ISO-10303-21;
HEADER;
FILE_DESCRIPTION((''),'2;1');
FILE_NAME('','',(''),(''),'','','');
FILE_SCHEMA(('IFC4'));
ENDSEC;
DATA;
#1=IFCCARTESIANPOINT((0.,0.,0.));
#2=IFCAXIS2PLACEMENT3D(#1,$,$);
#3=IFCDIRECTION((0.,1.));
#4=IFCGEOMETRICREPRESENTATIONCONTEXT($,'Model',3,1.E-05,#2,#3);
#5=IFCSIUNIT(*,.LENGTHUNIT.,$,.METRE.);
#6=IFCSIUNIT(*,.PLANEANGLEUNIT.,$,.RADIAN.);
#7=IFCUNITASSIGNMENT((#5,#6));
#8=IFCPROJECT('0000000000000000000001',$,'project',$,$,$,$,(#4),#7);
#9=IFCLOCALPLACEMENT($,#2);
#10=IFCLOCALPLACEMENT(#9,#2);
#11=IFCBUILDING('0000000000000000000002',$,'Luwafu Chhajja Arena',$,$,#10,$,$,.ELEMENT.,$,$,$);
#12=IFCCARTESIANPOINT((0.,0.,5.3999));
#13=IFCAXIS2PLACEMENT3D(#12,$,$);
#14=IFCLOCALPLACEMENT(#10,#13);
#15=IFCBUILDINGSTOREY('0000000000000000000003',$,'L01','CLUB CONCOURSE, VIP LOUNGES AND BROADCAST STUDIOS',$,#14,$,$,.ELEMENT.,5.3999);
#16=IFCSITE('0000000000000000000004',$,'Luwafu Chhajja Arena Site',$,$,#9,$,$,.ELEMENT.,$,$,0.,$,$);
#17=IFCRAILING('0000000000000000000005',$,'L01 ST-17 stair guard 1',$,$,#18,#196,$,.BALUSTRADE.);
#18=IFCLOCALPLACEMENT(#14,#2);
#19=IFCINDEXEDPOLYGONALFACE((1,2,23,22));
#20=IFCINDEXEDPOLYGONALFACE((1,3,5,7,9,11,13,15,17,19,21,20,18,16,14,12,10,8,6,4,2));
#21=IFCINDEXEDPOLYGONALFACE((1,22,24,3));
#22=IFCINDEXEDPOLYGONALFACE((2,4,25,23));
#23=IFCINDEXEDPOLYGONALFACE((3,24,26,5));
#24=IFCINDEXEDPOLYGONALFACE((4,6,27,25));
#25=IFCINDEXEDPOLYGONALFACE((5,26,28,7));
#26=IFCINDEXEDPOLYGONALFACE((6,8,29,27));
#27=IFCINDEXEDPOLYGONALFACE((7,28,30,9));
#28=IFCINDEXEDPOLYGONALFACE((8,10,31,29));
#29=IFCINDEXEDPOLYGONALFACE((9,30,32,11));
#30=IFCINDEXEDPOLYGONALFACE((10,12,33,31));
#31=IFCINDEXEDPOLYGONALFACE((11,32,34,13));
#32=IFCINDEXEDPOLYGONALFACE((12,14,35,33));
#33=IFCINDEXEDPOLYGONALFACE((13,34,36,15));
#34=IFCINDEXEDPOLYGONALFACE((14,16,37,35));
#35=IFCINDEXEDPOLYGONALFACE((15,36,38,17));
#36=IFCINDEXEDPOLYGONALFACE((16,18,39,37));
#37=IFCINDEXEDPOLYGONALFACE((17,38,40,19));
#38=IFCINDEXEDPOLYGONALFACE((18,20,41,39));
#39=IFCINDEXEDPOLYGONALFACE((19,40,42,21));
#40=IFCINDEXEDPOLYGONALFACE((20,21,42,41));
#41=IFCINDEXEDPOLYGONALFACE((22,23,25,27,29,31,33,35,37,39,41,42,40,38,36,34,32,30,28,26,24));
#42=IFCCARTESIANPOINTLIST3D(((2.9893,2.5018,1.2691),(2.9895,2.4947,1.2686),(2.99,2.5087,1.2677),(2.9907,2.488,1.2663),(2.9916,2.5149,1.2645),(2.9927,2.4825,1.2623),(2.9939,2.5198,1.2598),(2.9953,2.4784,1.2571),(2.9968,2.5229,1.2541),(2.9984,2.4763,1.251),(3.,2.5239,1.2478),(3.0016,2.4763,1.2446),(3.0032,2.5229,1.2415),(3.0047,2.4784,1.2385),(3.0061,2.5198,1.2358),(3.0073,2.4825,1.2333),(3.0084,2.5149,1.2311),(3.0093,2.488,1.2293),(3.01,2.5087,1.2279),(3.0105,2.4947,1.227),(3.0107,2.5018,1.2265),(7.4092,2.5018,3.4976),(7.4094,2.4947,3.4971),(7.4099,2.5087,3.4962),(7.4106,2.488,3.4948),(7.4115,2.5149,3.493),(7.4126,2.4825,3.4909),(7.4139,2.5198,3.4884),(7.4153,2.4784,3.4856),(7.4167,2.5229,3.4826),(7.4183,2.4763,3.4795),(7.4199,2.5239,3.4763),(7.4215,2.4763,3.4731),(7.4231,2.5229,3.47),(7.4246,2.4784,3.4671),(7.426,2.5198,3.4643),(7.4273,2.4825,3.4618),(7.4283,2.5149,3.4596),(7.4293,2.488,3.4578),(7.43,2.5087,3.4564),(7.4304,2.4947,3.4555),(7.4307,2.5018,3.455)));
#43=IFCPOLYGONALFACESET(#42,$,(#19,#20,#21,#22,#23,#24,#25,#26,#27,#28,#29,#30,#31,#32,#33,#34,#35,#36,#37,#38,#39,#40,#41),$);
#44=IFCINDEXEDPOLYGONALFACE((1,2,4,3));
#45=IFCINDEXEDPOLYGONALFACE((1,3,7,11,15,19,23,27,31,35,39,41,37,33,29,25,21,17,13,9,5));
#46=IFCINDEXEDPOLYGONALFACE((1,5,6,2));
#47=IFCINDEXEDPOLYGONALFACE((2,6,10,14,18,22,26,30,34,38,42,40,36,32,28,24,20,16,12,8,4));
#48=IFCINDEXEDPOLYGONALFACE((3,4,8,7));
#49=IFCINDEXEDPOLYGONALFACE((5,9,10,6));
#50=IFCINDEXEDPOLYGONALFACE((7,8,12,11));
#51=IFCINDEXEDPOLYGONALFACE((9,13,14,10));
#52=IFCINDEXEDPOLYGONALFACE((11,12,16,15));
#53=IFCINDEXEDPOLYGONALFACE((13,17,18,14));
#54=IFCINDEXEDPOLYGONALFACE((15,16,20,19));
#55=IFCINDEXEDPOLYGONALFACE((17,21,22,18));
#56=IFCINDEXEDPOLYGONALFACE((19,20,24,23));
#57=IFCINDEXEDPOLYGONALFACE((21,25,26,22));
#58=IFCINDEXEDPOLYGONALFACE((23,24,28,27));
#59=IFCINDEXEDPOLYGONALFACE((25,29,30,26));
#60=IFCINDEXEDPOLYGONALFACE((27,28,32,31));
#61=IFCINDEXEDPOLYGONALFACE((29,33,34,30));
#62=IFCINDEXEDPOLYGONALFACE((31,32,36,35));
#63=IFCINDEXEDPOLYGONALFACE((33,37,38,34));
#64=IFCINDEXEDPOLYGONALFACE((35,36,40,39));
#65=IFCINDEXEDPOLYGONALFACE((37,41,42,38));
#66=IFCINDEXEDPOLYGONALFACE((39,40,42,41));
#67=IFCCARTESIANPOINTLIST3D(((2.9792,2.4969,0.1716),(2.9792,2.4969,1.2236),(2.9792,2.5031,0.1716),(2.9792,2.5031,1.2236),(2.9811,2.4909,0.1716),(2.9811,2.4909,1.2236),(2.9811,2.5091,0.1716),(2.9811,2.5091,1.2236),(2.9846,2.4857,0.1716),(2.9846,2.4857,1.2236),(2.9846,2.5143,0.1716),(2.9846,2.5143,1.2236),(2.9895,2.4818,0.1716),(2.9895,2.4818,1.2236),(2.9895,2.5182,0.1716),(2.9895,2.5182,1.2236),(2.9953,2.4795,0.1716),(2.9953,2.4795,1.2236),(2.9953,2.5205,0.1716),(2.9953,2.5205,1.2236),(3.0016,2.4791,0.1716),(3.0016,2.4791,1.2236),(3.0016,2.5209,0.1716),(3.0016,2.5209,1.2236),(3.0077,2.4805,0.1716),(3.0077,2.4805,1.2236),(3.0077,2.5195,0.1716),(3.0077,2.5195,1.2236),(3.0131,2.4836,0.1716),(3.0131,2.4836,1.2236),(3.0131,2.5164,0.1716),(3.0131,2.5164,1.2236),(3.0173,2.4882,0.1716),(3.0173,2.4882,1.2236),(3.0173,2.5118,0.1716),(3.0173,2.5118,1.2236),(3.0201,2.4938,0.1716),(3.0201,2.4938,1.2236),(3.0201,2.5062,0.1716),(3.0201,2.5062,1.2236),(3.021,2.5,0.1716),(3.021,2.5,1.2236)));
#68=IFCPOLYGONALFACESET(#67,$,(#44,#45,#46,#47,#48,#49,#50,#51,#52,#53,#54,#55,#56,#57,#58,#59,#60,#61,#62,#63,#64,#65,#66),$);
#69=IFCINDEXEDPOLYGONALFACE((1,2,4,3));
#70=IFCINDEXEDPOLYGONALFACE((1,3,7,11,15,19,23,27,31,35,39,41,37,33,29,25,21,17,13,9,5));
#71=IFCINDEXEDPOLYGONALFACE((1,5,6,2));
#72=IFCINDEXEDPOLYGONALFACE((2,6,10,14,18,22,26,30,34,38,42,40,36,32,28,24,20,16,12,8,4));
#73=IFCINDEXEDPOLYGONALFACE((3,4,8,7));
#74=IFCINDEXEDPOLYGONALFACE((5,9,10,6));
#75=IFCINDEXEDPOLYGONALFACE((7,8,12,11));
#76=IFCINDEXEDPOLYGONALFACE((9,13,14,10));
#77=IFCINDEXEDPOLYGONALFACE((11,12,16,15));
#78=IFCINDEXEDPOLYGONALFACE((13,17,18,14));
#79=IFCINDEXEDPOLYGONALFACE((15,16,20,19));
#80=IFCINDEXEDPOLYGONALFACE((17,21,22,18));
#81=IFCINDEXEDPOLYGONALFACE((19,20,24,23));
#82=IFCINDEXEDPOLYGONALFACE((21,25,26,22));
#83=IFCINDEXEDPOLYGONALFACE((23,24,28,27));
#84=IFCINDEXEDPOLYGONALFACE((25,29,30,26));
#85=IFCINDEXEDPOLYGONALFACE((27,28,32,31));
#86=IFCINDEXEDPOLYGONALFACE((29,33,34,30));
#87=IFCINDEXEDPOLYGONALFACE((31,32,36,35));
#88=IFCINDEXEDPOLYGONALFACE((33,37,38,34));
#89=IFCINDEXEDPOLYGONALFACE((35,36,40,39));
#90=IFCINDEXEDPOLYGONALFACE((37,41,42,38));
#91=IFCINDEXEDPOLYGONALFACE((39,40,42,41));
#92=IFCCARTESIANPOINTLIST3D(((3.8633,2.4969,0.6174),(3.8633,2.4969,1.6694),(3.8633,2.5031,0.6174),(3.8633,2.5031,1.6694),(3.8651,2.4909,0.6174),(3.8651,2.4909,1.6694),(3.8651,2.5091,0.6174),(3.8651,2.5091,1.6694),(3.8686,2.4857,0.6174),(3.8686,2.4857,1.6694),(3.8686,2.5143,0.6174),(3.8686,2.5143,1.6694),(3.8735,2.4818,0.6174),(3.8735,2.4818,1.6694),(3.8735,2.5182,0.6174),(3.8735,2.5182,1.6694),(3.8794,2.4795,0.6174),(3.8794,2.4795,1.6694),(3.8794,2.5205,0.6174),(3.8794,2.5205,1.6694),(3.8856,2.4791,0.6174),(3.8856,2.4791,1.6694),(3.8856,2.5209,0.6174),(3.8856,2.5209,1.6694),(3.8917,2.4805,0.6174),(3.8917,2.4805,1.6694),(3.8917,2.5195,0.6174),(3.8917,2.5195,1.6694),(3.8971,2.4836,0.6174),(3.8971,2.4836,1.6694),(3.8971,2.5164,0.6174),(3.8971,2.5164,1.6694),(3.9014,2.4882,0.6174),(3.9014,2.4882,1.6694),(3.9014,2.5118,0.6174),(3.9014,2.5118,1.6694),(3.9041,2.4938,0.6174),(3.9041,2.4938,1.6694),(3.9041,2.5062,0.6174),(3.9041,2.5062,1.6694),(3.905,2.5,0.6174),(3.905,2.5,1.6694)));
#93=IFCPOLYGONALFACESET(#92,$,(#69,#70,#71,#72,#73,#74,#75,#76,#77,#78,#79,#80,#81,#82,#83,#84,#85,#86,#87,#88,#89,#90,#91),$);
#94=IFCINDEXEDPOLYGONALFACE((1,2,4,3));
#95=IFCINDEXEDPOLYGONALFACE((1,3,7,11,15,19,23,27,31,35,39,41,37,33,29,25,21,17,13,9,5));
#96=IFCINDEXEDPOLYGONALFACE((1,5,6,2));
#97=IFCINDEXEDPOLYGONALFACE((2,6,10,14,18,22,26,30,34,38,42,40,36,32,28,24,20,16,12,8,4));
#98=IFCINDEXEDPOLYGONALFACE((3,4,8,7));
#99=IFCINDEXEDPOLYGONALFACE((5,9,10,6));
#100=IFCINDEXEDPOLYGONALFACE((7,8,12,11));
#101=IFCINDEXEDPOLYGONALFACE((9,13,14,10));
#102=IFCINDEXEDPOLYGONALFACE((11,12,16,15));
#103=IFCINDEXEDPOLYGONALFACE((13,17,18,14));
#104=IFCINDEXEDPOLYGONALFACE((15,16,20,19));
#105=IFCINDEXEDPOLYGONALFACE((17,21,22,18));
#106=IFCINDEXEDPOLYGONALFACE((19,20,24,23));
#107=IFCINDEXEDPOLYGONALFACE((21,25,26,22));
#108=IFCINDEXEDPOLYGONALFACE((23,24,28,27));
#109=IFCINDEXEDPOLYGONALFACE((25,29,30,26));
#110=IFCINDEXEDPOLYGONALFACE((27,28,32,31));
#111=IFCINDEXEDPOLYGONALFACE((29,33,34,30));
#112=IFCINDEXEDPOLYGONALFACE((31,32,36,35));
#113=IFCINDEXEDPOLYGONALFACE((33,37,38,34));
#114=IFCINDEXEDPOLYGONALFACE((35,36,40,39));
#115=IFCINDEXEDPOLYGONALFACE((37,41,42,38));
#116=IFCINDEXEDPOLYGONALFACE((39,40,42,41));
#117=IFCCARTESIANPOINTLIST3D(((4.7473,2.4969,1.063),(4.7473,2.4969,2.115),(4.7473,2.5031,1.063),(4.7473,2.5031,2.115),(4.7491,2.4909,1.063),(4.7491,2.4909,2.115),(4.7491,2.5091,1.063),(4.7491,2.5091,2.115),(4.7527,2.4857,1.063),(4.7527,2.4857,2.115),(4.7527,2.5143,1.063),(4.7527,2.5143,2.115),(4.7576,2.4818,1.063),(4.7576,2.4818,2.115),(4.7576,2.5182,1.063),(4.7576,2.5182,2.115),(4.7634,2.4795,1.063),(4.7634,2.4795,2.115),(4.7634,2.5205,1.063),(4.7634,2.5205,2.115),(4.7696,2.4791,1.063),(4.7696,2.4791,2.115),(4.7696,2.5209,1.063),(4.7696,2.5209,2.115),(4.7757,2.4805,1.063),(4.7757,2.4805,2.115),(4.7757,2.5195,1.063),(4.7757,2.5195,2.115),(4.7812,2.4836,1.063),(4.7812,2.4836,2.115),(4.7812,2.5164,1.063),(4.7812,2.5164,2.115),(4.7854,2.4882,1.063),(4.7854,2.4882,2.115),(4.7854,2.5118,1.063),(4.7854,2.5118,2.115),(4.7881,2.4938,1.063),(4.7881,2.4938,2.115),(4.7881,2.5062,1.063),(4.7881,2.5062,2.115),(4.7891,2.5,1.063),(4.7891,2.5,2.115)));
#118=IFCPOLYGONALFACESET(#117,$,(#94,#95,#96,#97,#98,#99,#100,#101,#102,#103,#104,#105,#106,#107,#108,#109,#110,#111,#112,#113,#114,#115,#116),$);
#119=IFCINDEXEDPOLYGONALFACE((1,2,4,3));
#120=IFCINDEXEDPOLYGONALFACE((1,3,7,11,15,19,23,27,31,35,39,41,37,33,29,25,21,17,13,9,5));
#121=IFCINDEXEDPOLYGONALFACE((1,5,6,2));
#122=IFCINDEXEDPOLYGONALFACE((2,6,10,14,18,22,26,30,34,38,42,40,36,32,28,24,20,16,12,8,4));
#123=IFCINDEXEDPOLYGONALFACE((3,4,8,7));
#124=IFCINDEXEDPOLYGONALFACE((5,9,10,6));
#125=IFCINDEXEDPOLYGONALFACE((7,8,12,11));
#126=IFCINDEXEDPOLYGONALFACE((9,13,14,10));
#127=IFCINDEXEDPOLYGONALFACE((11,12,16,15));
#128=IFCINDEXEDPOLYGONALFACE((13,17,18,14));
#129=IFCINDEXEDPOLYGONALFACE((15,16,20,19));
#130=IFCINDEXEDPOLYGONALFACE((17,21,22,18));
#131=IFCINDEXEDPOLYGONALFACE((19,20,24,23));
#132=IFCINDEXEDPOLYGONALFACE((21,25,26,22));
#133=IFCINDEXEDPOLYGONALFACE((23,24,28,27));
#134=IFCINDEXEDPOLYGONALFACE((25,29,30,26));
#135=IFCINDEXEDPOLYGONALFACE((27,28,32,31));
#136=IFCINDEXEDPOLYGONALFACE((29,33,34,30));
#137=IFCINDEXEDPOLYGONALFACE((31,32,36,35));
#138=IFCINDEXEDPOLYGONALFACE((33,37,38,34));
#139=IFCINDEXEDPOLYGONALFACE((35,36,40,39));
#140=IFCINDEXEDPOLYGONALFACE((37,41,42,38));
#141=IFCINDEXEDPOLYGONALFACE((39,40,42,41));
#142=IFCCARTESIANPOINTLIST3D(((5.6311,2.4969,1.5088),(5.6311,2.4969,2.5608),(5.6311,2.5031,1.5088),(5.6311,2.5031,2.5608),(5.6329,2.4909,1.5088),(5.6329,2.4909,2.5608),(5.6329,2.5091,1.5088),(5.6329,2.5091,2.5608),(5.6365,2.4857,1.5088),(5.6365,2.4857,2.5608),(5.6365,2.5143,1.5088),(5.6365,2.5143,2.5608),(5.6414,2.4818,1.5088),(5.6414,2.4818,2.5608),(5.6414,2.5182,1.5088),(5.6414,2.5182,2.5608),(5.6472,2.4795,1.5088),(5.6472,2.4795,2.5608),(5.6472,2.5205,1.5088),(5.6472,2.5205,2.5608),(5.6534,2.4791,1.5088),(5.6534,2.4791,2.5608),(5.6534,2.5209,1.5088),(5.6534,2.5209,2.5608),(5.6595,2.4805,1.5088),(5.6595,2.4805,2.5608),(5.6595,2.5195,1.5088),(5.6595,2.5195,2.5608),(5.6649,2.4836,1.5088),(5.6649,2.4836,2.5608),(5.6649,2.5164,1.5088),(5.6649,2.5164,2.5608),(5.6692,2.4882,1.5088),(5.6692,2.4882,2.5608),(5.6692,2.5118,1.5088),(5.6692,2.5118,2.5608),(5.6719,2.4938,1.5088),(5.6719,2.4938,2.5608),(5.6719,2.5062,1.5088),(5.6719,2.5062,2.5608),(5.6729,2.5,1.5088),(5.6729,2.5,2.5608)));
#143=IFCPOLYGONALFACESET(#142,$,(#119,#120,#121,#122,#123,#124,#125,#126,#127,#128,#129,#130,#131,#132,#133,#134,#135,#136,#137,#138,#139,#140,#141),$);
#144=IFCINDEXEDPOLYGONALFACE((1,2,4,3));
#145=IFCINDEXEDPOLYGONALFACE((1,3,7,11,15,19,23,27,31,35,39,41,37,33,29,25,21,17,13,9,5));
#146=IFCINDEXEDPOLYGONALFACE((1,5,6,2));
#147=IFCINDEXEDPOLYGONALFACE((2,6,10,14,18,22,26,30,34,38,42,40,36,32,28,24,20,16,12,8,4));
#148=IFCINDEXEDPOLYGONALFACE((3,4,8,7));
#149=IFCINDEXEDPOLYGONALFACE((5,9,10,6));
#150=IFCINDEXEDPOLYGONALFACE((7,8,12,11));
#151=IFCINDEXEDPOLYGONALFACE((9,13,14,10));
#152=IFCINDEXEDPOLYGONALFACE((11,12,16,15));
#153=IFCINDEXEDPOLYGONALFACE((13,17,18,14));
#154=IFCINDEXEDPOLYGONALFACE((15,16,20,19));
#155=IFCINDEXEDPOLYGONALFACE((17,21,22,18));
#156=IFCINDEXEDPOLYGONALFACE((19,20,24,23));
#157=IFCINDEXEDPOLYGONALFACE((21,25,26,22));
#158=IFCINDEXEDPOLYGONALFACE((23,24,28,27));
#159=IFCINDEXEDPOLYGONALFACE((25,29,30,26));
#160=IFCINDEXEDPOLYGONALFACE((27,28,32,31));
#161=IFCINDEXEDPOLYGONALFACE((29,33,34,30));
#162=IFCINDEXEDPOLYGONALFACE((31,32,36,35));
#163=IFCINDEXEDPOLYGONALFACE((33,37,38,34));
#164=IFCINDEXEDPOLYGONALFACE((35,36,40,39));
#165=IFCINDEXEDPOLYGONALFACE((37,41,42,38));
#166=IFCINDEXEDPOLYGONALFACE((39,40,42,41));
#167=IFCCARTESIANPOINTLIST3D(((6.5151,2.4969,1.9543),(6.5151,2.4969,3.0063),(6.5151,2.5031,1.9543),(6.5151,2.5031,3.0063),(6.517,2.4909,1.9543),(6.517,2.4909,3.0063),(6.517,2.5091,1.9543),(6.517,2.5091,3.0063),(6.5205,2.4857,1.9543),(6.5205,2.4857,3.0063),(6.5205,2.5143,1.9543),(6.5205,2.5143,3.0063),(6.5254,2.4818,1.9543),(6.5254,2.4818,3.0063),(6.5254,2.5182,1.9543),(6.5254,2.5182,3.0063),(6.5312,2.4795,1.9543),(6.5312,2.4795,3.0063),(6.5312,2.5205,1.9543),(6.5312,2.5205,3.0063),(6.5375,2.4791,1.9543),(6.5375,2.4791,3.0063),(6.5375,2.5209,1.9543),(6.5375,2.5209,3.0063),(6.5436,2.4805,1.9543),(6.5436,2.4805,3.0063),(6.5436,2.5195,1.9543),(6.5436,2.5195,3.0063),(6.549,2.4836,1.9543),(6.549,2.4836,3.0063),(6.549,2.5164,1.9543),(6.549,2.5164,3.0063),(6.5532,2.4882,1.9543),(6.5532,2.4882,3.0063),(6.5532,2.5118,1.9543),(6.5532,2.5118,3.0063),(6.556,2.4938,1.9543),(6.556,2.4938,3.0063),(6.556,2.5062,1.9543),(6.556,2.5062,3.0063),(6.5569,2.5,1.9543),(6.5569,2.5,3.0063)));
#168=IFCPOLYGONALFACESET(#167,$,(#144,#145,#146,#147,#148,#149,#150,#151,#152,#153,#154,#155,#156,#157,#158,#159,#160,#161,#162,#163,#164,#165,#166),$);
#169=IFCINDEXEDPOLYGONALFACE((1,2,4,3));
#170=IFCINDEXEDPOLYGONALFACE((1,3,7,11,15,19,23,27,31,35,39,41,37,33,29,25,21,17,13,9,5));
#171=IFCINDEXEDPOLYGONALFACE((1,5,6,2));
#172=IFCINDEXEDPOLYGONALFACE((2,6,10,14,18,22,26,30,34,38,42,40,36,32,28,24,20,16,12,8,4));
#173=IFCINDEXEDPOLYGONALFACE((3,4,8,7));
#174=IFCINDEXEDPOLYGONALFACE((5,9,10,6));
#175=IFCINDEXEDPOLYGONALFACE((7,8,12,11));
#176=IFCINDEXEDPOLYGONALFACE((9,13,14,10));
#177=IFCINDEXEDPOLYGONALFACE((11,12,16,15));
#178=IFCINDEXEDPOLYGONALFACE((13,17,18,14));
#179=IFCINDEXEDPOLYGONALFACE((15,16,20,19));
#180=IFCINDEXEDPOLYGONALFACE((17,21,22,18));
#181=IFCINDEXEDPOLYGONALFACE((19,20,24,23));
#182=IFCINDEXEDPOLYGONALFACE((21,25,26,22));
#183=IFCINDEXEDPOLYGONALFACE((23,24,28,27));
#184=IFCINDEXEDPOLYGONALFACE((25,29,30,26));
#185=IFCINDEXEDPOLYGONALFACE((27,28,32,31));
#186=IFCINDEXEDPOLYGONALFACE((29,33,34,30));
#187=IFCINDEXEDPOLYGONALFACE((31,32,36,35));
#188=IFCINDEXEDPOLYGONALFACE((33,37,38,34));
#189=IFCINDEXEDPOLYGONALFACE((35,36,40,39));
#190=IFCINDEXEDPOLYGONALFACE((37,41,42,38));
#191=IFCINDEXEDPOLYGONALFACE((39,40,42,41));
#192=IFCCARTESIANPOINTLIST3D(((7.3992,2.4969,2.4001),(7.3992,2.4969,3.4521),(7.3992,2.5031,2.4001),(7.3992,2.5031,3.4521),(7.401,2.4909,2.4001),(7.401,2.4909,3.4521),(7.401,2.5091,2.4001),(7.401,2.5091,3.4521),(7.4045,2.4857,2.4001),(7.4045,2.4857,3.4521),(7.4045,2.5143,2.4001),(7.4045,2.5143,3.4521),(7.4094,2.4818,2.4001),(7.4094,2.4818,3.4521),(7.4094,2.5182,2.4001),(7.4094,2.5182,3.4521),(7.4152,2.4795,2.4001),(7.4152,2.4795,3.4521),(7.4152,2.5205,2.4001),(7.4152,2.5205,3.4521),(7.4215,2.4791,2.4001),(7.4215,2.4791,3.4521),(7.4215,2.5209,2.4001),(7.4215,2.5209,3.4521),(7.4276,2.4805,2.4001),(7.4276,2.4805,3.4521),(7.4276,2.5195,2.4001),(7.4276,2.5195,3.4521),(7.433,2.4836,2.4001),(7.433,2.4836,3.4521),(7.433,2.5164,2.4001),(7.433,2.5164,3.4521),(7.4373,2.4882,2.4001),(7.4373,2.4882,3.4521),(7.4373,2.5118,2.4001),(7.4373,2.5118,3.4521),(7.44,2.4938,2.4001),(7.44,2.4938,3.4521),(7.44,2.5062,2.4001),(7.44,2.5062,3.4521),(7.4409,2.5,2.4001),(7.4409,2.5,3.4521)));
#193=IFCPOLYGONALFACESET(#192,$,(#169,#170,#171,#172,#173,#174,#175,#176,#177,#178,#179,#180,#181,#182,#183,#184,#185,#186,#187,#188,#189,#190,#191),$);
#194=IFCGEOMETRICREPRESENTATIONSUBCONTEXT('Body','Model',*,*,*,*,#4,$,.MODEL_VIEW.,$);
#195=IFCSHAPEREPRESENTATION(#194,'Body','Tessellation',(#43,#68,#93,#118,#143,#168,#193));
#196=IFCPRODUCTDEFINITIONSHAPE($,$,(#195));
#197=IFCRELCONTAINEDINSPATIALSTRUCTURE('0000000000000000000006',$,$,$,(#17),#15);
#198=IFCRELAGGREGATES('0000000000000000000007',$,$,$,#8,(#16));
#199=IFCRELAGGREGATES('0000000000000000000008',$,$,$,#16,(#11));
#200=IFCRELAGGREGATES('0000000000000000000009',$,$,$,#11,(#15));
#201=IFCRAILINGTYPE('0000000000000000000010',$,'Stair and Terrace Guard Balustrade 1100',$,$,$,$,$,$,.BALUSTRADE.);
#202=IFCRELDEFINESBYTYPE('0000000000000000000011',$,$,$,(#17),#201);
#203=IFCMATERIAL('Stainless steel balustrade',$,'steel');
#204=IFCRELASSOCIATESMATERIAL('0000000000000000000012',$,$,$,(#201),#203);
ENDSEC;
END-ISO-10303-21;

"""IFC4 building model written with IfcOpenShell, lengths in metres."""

from ifc_helpers import new_model, si_unit, direction, frame, origin, origin_2d, place, context, subcontext, project, spatial, circle, extrude, material, type_object, element, save


model = new_model("IFC4")

# Units and contexts
model_context = context("Model", 3, precision=1e-05, world=origin(), true_north=direction((0.0, 1.0)))
body_context = subcontext(model_context, "Body", "Model", "MODEL_VIEW")
ifc_project = project(units=[si_unit("LENGTHUNIT", "METRE"), si_unit("PLANEANGLEUNIT", "RADIAN")], contexts=[model_context])

# Site, building, storey
site_placement = place(None, origin())
site = spatial("IfcSite", under=ifc_project, at=site_placement, Name="Luwafu Chhajja Arena Site", CompositionType="ELEMENT", RefElevation=0.0)
building_placement = place(site_placement, origin())
building = spatial("IfcBuilding", under=site, at=building_placement, Name="Luwafu Chhajja Arena", CompositionType="ELEMENT")
storey_placement = place(building_placement, frame((0.0, 0.0, 5.3999)))
storey = spatial("IfcBuildingStorey", under=building, at=storey_placement, Name="L01", Description="CLUB CONCOURSE, VIP LOUNGES AND BROADCAST STUDIOS", CompositionType="ELEMENT", Elevation=5.3999)

# Railing
ifc_material_1 = material(Name="Stainless steel balustrade", Category="steel")
railing_type_1 = type_object("IfcRailingType", Name="Stair and Terrace Guard Balustrade 1100", PredefinedType="BALUSTRADE", material=ifc_material_1)
railing_1_placement = place(storey_placement, frame((3.0, 2.5, 0.1716)))
element("IfcRailing", 1, at=railing_1_placement, inside=storey, type_object=railing_type_1, Name="L01 ST-17 stair guard 1", PredefinedType="BALUSTRADE", context=body_context, shape_type="SweptSolid", body=[
    extrude(circle(Radius=0.0239, at=origin_2d()), frame((0.0, 0.0, 1.0762), z_axis=(0.892923, 0.0, 0.45021), x_axis=(0.0, 1.0, 0.0)), (0.0, 0.0, 1.0), 4.95),
    extrude(circle(Radius=0.021, at=origin_2d()), origin(), (0.0, 0.0, 1.0), 1.052),
    extrude(circle(Radius=0.021, at=origin_2d()), frame((0.884, 0.0, 0.4458)), (0.0, 0.0, 1.0), 1.052),
    extrude(circle(Radius=0.021, at=origin_2d()), frame((1.7681, 0.0, 0.8914)), (0.0, 0.0, 1.0), 1.052),
    extrude(circle(Radius=0.021, at=origin_2d()), frame((2.6519, 0.0, 1.3372)), (0.0, 0.0, 1.0), 1.052),
    extrude(circle(Radius=0.021, at=origin_2d()), frame((3.5359, 0.0, 1.7827)), (0.0, 0.0, 1.0), 1.052),
    extrude(circle(Radius=0.021, at=origin_2d()), frame((4.4199, 0.0, 2.2285)), (0.0, 0.0, 1.0), 1.052),
])

save(model, "model.ifc")
